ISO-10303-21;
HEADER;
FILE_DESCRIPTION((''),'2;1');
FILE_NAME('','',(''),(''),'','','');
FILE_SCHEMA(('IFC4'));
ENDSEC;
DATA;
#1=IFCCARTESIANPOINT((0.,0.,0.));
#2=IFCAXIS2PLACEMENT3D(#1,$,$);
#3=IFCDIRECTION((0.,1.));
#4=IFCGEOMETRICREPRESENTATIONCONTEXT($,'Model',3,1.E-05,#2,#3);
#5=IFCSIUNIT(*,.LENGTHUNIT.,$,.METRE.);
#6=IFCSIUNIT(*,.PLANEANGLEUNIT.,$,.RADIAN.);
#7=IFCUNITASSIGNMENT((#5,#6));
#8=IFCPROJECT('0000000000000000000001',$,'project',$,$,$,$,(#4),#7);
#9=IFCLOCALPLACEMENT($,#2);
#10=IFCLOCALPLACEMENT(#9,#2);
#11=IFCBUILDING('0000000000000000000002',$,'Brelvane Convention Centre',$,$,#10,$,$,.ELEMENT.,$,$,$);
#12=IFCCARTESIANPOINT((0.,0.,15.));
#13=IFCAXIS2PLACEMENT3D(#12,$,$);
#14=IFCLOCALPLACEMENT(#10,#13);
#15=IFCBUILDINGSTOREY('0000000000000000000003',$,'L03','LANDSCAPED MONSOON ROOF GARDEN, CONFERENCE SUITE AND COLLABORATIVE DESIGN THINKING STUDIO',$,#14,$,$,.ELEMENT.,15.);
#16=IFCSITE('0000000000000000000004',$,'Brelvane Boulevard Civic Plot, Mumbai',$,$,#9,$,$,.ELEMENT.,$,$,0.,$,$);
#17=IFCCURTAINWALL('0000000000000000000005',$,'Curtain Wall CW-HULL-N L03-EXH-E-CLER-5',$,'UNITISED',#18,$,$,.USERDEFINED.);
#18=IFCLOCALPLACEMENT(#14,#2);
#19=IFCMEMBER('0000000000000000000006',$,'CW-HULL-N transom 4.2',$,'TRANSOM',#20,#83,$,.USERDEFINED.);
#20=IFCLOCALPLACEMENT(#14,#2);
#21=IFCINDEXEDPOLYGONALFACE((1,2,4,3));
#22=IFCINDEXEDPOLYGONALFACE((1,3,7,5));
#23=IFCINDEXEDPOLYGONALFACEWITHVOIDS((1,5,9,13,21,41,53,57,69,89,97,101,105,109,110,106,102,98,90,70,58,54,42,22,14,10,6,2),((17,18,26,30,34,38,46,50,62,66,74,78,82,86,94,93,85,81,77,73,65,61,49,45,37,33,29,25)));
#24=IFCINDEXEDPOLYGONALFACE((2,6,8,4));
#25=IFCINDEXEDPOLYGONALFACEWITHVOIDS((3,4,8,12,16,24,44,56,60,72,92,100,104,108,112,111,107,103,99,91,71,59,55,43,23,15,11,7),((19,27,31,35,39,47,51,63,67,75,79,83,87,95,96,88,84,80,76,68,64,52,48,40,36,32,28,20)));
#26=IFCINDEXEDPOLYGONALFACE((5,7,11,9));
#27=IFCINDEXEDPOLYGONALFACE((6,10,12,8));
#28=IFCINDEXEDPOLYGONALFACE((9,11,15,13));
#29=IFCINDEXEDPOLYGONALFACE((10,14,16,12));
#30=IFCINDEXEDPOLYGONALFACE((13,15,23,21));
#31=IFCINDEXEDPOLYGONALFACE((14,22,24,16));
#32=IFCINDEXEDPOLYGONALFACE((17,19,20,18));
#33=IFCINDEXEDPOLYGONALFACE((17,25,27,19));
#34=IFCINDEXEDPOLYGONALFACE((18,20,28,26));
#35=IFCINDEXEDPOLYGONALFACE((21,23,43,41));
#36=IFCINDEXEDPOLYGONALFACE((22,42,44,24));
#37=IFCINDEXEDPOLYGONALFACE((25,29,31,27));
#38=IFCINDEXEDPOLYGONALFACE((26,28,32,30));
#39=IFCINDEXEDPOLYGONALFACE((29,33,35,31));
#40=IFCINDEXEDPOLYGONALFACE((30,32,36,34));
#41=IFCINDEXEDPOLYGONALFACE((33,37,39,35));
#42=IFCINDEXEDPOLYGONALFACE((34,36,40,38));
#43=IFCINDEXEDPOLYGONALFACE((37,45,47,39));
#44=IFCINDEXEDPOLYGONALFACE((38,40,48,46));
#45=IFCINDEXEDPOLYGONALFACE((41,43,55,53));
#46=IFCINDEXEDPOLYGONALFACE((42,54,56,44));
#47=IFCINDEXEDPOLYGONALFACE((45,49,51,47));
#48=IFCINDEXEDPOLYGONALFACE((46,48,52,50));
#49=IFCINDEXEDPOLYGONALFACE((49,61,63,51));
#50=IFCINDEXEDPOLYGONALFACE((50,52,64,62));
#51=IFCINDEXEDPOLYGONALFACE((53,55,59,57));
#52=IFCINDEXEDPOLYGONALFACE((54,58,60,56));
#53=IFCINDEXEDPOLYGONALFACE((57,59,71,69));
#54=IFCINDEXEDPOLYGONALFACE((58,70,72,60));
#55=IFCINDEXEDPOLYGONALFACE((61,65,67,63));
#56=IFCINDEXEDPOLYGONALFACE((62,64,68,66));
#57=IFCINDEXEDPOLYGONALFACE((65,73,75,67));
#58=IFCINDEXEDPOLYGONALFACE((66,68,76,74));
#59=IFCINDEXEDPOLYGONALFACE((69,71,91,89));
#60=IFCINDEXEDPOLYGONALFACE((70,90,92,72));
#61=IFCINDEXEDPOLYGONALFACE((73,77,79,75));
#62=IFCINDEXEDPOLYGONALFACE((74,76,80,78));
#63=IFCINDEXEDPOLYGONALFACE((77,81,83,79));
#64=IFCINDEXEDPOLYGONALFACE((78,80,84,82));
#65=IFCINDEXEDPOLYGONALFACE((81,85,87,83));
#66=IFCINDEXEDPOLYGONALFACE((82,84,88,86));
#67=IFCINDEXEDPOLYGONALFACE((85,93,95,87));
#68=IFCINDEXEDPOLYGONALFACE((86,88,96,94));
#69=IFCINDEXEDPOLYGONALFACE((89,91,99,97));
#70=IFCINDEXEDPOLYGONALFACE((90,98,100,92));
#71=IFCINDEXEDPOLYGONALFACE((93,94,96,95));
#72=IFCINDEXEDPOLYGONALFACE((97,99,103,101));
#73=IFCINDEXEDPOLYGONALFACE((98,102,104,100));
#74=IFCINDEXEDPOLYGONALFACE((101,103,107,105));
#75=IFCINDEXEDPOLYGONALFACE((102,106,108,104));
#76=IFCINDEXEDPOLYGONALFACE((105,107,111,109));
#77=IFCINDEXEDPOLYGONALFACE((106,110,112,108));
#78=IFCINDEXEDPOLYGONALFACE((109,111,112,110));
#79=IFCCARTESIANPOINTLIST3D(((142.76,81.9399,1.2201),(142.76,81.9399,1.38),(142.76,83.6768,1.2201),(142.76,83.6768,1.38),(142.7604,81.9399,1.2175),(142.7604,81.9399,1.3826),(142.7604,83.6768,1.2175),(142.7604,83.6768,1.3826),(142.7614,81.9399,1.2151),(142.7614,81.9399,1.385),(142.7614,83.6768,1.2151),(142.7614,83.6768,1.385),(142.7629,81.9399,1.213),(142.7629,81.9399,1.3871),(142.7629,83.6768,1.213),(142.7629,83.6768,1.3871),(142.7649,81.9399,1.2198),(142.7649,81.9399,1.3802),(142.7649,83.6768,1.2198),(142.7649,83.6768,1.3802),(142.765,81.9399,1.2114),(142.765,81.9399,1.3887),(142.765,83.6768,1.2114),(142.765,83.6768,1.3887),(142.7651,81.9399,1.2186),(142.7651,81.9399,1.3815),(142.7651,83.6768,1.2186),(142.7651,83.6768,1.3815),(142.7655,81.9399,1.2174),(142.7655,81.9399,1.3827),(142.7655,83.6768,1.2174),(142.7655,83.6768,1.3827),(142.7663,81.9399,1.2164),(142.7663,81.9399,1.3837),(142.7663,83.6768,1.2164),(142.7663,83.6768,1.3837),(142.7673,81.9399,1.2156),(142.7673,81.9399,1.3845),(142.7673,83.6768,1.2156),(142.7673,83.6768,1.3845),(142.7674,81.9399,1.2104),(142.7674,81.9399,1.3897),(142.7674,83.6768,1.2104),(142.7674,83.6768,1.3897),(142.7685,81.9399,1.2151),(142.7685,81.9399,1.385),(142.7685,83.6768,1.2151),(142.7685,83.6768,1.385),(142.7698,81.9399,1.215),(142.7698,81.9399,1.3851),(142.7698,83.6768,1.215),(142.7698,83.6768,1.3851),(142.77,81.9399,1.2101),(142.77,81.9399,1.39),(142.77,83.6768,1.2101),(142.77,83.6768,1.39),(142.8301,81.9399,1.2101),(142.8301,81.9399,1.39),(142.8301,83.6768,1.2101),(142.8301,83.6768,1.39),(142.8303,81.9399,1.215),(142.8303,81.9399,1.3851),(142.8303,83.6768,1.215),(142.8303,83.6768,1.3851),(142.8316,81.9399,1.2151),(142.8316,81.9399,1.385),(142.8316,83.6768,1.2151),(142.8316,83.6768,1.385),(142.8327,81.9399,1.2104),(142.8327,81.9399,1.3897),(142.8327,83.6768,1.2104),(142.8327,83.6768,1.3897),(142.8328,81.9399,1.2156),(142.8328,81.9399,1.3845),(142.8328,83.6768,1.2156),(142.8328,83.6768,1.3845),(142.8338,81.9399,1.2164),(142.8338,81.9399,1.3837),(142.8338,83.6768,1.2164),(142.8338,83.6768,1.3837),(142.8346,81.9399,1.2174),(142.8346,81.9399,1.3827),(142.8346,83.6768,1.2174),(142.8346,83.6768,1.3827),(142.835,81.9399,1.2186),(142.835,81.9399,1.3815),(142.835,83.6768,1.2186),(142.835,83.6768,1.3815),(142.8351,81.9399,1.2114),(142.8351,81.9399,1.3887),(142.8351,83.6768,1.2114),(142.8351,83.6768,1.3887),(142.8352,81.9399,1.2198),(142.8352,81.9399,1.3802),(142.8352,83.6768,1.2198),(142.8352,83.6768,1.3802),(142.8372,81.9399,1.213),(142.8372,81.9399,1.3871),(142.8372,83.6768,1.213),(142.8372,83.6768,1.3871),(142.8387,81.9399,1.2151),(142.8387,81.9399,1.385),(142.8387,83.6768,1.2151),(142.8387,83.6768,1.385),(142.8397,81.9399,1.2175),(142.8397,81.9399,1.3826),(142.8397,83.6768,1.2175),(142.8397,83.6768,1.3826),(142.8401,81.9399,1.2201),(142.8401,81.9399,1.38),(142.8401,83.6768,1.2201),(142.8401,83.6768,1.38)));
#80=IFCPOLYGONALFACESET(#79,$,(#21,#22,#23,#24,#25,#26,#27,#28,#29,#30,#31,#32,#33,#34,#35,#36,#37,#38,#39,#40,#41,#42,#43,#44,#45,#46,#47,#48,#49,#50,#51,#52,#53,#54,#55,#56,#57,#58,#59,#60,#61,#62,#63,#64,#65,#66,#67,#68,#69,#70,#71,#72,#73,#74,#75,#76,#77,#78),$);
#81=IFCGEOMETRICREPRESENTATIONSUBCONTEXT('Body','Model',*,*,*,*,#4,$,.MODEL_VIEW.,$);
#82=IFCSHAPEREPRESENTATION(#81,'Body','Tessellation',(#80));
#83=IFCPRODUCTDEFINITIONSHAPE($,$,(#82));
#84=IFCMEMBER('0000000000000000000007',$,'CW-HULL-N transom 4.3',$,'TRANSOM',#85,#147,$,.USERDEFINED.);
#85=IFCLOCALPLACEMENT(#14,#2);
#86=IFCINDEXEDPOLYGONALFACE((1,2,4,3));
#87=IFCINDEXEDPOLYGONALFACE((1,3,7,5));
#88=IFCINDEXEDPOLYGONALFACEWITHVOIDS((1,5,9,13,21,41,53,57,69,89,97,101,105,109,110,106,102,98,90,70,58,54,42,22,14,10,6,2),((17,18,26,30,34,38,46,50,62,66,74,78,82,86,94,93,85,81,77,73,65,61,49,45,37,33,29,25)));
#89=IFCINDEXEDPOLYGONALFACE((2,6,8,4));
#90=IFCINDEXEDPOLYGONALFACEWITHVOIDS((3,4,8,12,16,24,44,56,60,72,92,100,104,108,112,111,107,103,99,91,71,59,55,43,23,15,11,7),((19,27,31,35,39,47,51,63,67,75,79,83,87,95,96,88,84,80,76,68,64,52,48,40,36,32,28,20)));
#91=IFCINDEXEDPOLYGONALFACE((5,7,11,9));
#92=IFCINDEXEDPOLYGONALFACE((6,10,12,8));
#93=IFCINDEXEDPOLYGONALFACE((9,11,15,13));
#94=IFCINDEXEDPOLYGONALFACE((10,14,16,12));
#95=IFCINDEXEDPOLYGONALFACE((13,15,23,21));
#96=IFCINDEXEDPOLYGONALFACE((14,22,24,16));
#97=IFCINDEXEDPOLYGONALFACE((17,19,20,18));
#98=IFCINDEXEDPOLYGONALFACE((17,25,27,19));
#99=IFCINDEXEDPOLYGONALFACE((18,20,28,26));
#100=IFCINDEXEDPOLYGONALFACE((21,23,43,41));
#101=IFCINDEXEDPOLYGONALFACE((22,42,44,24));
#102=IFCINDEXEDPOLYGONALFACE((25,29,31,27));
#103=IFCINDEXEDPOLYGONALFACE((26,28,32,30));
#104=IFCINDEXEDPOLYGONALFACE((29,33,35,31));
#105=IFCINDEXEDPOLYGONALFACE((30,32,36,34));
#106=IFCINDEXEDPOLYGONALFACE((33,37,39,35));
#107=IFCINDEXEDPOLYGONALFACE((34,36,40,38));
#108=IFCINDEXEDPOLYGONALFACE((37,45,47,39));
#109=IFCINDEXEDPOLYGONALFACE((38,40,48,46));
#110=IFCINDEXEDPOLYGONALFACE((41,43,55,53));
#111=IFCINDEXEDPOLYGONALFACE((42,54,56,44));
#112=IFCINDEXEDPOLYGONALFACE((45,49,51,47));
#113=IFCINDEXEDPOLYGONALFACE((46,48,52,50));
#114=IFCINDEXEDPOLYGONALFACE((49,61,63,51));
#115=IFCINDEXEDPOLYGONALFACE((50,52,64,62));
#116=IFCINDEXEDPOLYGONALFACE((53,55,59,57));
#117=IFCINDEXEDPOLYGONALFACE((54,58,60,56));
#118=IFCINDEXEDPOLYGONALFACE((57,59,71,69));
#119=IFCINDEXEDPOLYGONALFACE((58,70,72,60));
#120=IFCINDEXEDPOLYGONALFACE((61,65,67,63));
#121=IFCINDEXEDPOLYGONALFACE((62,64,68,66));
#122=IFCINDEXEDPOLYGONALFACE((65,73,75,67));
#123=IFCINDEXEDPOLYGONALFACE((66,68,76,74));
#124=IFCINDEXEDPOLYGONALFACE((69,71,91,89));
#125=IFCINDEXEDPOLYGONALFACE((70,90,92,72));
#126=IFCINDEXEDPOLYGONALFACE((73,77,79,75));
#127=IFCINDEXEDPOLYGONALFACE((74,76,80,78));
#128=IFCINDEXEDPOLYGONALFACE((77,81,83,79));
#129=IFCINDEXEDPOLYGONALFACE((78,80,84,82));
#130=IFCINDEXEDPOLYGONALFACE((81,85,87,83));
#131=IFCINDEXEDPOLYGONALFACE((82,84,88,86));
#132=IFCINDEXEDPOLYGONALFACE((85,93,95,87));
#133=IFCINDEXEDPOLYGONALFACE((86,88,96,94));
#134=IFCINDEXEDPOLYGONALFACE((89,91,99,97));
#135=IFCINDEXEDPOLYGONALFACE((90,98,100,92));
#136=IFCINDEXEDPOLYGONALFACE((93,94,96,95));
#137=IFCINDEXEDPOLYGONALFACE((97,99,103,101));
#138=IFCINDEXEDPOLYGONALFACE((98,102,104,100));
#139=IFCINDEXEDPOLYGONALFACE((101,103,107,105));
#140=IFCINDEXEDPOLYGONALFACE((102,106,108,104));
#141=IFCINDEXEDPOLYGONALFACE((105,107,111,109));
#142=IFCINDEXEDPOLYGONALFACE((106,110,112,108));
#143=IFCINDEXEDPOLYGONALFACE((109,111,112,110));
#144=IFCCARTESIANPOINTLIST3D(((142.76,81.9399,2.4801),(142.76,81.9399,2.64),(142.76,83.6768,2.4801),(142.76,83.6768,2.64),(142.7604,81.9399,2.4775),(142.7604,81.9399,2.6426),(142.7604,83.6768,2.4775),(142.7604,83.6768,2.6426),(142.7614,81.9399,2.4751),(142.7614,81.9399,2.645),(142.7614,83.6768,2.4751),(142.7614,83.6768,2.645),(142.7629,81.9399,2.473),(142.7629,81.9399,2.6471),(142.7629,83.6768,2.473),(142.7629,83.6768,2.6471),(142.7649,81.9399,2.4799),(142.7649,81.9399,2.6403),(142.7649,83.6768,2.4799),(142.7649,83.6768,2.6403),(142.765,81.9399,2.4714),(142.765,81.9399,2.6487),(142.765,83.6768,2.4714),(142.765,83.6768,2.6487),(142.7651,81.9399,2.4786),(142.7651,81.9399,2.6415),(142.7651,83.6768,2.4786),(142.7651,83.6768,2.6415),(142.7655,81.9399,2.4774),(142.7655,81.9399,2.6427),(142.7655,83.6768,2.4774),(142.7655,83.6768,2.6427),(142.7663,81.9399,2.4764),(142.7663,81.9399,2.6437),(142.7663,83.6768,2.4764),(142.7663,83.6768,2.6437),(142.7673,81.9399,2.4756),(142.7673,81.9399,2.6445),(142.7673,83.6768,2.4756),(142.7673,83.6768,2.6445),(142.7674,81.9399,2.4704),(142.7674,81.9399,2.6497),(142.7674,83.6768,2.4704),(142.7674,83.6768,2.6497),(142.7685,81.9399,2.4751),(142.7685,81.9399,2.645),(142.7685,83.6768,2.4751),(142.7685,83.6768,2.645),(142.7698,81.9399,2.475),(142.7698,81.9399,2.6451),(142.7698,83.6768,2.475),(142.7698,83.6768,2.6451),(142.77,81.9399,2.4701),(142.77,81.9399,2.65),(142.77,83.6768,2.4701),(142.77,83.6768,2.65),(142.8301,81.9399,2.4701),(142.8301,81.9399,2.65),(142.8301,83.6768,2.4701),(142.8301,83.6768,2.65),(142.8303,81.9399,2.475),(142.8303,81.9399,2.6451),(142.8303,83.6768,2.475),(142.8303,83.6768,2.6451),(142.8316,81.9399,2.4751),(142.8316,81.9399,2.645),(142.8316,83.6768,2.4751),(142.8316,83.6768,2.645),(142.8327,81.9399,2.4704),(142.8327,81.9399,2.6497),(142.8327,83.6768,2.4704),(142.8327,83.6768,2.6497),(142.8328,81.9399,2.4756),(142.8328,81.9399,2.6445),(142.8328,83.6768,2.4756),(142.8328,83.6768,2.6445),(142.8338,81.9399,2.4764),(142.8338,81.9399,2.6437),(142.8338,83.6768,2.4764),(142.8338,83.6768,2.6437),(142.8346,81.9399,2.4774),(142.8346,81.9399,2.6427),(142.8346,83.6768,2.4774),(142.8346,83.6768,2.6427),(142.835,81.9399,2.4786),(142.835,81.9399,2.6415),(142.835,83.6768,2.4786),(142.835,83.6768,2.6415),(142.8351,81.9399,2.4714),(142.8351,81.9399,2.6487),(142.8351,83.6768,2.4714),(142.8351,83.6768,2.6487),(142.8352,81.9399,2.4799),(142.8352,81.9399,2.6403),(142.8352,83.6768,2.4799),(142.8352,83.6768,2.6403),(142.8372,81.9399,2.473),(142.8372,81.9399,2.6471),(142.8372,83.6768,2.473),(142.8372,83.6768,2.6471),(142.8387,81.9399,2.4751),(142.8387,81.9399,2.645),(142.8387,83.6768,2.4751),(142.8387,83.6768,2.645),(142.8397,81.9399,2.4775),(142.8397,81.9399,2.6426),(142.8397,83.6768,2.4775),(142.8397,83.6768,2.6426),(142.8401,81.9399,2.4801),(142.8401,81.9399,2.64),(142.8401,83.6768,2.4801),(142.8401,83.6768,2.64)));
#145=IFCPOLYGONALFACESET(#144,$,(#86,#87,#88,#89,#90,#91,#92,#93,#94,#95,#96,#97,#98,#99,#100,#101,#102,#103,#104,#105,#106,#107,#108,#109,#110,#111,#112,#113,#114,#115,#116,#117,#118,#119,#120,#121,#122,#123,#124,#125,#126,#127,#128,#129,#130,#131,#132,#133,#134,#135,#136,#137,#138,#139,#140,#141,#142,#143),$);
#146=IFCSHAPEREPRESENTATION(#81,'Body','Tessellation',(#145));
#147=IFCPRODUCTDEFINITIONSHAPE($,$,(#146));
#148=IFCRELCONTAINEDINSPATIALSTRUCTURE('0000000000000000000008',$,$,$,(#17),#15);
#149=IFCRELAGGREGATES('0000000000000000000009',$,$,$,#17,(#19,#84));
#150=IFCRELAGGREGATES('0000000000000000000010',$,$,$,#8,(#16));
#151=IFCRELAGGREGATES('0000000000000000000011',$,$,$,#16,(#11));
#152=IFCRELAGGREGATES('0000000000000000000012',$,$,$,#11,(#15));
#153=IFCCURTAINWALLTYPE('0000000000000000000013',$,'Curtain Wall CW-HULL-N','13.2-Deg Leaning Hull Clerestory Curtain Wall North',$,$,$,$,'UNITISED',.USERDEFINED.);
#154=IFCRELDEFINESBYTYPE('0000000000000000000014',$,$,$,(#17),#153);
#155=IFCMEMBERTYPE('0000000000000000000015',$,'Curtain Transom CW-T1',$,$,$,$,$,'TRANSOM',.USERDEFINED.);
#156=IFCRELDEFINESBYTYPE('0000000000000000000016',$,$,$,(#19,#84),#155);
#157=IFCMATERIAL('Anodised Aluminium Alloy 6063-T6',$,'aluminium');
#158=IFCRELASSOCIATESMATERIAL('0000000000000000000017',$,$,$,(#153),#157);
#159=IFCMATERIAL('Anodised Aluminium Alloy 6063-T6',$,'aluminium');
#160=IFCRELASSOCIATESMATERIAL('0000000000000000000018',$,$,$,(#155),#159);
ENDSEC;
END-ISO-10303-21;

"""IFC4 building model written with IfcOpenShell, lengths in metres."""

from ifc_helpers import new_model, si_unit, direction, frame, origin, origin_2d, place, context, subcontext, project, spatial, hollow_rectangle, extrude, material, material_profile, profile_set, type_object, element, aggregate, save


model = new_model("IFC4")

# Units and contexts
model_context = context("Model", 3, precision=1e-05, world=origin(), true_north=direction((0.0, 1.0)))
body_context = subcontext(model_context, "Body", "Model", "MODEL_VIEW")
ifc_project = project(units=[si_unit("LENGTHUNIT", "METRE"), si_unit("PLANEANGLEUNIT", "RADIAN")], contexts=[model_context])

# Site, building, storey
site_placement = place(None, origin())
site = spatial("IfcSite", under=ifc_project, at=site_placement, Name="Brelvane Boulevard Civic Plot, Mumbai", CompositionType="ELEMENT", RefElevation=0.0)
building_placement = place(site_placement, origin())
building = spatial("IfcBuilding", under=site, at=building_placement, Name="Brelvane Convention Centre", CompositionType="ELEMENT")
storey_placement = place(building_placement, frame((0.0, 0.0, 15.0)))
storey = spatial("IfcBuildingStorey", under=building, at=storey_placement, Name="L03", Description="LANDSCAPED MONSOON ROOF GARDEN, CONFERENCE SUITE AND COLLABORATIVE DESIGN THINKING STUDIO", CompositionType="ELEMENT", Elevation=15.0)

# Curtain wall
ifc_material_1 = material(Name="Anodised Aluminium Alloy 6063-T6", Category="aluminium")
curtain_wall_type = type_object("IfcCurtainWallType", Name="Curtain Wall CW-HULL-N", Description="13.2-Deg Leaning Hull Clerestory Curtain Wall North", ElementType="UNITISED", PredefinedType="USERDEFINED", material=ifc_material_1)
curtain_wall_1_placement = place(storey_placement, origin())
curtain_wall_1 = element("IfcCurtainWall", 1, at=curtain_wall_1_placement, inside=storey, type_object=curtain_wall_type, Name="Curtain Wall CW-HULL-N L03-EXH-E-CLER-5", ObjectType="UNITISED", PredefinedType="USERDEFINED")

# Members
ifc_material_2 = material(Name="Anodised Aluminium Alloy 6063-T6", Category="aluminium")
ifc_material_profile_1 = material_profile(ifc_material_2, hollow_rectangle(XDim=0.0801, YDim=0.1799, WallThickness=0.0049, InnerFilletRadius=0.0049, OuterFilletRadius=0.01, at=origin_2d()), Name="ALU-T 180x80x5.0")
ifc_profile_set_1 = profile_set([ifc_material_profile_1], Name="Anodised Aluminium Alloy 6063-T6")
member_type_1 = type_object("IfcMemberType", Name="Curtain Transom CW-T1", ElementType="TRANSOM", PredefinedType="USERDEFINED", material=ifc_profile_set_1)
member_1_placement = place(storey_placement, frame((142.8, 81.9399, 1.3), z_axis=(0.0, 1.0, 0.0), x_axis=(-1.0, 0.0, 0.0)))
member_1 = element("IfcMember", 2, at=member_1_placement, type_object=member_type_1, Name="CW-HULL-N transom 4.2", ObjectType="TRANSOM", PredefinedType="USERDEFINED", context=body_context, shape_type="SweptSolid", body=[
    extrude(hollow_rectangle(XDim=0.0801, YDim=0.1799, WallThickness=0.0049, InnerFilletRadius=0.0049, OuterFilletRadius=0.01, at=origin_2d()), origin(), (0.0, 0.0, 1.0), 1.7368),
])
member_2_placement = place(storey_placement, frame((142.8, 81.9399, 2.5601), z_axis=(0.0, 1.0, 0.0), x_axis=(-1.0, 0.0, 0.0)))
member_2 = element("IfcMember", 3, at=member_2_placement, type_object=member_type_1, Name="CW-HULL-N transom 4.3", ObjectType="TRANSOM", PredefinedType="USERDEFINED", context=body_context, shape_type="SweptSolid", body=[
    extrude(hollow_rectangle(XDim=0.0801, YDim=0.1799, WallThickness=0.0049, InnerFilletRadius=0.0049, OuterFilletRadius=0.01, at=origin_2d()), origin(), (0.0, 0.0, 1.0), 1.7368),
])

aggregate(curtain_wall_1, [member_1, member_2])

save(model, "model.ifc")
